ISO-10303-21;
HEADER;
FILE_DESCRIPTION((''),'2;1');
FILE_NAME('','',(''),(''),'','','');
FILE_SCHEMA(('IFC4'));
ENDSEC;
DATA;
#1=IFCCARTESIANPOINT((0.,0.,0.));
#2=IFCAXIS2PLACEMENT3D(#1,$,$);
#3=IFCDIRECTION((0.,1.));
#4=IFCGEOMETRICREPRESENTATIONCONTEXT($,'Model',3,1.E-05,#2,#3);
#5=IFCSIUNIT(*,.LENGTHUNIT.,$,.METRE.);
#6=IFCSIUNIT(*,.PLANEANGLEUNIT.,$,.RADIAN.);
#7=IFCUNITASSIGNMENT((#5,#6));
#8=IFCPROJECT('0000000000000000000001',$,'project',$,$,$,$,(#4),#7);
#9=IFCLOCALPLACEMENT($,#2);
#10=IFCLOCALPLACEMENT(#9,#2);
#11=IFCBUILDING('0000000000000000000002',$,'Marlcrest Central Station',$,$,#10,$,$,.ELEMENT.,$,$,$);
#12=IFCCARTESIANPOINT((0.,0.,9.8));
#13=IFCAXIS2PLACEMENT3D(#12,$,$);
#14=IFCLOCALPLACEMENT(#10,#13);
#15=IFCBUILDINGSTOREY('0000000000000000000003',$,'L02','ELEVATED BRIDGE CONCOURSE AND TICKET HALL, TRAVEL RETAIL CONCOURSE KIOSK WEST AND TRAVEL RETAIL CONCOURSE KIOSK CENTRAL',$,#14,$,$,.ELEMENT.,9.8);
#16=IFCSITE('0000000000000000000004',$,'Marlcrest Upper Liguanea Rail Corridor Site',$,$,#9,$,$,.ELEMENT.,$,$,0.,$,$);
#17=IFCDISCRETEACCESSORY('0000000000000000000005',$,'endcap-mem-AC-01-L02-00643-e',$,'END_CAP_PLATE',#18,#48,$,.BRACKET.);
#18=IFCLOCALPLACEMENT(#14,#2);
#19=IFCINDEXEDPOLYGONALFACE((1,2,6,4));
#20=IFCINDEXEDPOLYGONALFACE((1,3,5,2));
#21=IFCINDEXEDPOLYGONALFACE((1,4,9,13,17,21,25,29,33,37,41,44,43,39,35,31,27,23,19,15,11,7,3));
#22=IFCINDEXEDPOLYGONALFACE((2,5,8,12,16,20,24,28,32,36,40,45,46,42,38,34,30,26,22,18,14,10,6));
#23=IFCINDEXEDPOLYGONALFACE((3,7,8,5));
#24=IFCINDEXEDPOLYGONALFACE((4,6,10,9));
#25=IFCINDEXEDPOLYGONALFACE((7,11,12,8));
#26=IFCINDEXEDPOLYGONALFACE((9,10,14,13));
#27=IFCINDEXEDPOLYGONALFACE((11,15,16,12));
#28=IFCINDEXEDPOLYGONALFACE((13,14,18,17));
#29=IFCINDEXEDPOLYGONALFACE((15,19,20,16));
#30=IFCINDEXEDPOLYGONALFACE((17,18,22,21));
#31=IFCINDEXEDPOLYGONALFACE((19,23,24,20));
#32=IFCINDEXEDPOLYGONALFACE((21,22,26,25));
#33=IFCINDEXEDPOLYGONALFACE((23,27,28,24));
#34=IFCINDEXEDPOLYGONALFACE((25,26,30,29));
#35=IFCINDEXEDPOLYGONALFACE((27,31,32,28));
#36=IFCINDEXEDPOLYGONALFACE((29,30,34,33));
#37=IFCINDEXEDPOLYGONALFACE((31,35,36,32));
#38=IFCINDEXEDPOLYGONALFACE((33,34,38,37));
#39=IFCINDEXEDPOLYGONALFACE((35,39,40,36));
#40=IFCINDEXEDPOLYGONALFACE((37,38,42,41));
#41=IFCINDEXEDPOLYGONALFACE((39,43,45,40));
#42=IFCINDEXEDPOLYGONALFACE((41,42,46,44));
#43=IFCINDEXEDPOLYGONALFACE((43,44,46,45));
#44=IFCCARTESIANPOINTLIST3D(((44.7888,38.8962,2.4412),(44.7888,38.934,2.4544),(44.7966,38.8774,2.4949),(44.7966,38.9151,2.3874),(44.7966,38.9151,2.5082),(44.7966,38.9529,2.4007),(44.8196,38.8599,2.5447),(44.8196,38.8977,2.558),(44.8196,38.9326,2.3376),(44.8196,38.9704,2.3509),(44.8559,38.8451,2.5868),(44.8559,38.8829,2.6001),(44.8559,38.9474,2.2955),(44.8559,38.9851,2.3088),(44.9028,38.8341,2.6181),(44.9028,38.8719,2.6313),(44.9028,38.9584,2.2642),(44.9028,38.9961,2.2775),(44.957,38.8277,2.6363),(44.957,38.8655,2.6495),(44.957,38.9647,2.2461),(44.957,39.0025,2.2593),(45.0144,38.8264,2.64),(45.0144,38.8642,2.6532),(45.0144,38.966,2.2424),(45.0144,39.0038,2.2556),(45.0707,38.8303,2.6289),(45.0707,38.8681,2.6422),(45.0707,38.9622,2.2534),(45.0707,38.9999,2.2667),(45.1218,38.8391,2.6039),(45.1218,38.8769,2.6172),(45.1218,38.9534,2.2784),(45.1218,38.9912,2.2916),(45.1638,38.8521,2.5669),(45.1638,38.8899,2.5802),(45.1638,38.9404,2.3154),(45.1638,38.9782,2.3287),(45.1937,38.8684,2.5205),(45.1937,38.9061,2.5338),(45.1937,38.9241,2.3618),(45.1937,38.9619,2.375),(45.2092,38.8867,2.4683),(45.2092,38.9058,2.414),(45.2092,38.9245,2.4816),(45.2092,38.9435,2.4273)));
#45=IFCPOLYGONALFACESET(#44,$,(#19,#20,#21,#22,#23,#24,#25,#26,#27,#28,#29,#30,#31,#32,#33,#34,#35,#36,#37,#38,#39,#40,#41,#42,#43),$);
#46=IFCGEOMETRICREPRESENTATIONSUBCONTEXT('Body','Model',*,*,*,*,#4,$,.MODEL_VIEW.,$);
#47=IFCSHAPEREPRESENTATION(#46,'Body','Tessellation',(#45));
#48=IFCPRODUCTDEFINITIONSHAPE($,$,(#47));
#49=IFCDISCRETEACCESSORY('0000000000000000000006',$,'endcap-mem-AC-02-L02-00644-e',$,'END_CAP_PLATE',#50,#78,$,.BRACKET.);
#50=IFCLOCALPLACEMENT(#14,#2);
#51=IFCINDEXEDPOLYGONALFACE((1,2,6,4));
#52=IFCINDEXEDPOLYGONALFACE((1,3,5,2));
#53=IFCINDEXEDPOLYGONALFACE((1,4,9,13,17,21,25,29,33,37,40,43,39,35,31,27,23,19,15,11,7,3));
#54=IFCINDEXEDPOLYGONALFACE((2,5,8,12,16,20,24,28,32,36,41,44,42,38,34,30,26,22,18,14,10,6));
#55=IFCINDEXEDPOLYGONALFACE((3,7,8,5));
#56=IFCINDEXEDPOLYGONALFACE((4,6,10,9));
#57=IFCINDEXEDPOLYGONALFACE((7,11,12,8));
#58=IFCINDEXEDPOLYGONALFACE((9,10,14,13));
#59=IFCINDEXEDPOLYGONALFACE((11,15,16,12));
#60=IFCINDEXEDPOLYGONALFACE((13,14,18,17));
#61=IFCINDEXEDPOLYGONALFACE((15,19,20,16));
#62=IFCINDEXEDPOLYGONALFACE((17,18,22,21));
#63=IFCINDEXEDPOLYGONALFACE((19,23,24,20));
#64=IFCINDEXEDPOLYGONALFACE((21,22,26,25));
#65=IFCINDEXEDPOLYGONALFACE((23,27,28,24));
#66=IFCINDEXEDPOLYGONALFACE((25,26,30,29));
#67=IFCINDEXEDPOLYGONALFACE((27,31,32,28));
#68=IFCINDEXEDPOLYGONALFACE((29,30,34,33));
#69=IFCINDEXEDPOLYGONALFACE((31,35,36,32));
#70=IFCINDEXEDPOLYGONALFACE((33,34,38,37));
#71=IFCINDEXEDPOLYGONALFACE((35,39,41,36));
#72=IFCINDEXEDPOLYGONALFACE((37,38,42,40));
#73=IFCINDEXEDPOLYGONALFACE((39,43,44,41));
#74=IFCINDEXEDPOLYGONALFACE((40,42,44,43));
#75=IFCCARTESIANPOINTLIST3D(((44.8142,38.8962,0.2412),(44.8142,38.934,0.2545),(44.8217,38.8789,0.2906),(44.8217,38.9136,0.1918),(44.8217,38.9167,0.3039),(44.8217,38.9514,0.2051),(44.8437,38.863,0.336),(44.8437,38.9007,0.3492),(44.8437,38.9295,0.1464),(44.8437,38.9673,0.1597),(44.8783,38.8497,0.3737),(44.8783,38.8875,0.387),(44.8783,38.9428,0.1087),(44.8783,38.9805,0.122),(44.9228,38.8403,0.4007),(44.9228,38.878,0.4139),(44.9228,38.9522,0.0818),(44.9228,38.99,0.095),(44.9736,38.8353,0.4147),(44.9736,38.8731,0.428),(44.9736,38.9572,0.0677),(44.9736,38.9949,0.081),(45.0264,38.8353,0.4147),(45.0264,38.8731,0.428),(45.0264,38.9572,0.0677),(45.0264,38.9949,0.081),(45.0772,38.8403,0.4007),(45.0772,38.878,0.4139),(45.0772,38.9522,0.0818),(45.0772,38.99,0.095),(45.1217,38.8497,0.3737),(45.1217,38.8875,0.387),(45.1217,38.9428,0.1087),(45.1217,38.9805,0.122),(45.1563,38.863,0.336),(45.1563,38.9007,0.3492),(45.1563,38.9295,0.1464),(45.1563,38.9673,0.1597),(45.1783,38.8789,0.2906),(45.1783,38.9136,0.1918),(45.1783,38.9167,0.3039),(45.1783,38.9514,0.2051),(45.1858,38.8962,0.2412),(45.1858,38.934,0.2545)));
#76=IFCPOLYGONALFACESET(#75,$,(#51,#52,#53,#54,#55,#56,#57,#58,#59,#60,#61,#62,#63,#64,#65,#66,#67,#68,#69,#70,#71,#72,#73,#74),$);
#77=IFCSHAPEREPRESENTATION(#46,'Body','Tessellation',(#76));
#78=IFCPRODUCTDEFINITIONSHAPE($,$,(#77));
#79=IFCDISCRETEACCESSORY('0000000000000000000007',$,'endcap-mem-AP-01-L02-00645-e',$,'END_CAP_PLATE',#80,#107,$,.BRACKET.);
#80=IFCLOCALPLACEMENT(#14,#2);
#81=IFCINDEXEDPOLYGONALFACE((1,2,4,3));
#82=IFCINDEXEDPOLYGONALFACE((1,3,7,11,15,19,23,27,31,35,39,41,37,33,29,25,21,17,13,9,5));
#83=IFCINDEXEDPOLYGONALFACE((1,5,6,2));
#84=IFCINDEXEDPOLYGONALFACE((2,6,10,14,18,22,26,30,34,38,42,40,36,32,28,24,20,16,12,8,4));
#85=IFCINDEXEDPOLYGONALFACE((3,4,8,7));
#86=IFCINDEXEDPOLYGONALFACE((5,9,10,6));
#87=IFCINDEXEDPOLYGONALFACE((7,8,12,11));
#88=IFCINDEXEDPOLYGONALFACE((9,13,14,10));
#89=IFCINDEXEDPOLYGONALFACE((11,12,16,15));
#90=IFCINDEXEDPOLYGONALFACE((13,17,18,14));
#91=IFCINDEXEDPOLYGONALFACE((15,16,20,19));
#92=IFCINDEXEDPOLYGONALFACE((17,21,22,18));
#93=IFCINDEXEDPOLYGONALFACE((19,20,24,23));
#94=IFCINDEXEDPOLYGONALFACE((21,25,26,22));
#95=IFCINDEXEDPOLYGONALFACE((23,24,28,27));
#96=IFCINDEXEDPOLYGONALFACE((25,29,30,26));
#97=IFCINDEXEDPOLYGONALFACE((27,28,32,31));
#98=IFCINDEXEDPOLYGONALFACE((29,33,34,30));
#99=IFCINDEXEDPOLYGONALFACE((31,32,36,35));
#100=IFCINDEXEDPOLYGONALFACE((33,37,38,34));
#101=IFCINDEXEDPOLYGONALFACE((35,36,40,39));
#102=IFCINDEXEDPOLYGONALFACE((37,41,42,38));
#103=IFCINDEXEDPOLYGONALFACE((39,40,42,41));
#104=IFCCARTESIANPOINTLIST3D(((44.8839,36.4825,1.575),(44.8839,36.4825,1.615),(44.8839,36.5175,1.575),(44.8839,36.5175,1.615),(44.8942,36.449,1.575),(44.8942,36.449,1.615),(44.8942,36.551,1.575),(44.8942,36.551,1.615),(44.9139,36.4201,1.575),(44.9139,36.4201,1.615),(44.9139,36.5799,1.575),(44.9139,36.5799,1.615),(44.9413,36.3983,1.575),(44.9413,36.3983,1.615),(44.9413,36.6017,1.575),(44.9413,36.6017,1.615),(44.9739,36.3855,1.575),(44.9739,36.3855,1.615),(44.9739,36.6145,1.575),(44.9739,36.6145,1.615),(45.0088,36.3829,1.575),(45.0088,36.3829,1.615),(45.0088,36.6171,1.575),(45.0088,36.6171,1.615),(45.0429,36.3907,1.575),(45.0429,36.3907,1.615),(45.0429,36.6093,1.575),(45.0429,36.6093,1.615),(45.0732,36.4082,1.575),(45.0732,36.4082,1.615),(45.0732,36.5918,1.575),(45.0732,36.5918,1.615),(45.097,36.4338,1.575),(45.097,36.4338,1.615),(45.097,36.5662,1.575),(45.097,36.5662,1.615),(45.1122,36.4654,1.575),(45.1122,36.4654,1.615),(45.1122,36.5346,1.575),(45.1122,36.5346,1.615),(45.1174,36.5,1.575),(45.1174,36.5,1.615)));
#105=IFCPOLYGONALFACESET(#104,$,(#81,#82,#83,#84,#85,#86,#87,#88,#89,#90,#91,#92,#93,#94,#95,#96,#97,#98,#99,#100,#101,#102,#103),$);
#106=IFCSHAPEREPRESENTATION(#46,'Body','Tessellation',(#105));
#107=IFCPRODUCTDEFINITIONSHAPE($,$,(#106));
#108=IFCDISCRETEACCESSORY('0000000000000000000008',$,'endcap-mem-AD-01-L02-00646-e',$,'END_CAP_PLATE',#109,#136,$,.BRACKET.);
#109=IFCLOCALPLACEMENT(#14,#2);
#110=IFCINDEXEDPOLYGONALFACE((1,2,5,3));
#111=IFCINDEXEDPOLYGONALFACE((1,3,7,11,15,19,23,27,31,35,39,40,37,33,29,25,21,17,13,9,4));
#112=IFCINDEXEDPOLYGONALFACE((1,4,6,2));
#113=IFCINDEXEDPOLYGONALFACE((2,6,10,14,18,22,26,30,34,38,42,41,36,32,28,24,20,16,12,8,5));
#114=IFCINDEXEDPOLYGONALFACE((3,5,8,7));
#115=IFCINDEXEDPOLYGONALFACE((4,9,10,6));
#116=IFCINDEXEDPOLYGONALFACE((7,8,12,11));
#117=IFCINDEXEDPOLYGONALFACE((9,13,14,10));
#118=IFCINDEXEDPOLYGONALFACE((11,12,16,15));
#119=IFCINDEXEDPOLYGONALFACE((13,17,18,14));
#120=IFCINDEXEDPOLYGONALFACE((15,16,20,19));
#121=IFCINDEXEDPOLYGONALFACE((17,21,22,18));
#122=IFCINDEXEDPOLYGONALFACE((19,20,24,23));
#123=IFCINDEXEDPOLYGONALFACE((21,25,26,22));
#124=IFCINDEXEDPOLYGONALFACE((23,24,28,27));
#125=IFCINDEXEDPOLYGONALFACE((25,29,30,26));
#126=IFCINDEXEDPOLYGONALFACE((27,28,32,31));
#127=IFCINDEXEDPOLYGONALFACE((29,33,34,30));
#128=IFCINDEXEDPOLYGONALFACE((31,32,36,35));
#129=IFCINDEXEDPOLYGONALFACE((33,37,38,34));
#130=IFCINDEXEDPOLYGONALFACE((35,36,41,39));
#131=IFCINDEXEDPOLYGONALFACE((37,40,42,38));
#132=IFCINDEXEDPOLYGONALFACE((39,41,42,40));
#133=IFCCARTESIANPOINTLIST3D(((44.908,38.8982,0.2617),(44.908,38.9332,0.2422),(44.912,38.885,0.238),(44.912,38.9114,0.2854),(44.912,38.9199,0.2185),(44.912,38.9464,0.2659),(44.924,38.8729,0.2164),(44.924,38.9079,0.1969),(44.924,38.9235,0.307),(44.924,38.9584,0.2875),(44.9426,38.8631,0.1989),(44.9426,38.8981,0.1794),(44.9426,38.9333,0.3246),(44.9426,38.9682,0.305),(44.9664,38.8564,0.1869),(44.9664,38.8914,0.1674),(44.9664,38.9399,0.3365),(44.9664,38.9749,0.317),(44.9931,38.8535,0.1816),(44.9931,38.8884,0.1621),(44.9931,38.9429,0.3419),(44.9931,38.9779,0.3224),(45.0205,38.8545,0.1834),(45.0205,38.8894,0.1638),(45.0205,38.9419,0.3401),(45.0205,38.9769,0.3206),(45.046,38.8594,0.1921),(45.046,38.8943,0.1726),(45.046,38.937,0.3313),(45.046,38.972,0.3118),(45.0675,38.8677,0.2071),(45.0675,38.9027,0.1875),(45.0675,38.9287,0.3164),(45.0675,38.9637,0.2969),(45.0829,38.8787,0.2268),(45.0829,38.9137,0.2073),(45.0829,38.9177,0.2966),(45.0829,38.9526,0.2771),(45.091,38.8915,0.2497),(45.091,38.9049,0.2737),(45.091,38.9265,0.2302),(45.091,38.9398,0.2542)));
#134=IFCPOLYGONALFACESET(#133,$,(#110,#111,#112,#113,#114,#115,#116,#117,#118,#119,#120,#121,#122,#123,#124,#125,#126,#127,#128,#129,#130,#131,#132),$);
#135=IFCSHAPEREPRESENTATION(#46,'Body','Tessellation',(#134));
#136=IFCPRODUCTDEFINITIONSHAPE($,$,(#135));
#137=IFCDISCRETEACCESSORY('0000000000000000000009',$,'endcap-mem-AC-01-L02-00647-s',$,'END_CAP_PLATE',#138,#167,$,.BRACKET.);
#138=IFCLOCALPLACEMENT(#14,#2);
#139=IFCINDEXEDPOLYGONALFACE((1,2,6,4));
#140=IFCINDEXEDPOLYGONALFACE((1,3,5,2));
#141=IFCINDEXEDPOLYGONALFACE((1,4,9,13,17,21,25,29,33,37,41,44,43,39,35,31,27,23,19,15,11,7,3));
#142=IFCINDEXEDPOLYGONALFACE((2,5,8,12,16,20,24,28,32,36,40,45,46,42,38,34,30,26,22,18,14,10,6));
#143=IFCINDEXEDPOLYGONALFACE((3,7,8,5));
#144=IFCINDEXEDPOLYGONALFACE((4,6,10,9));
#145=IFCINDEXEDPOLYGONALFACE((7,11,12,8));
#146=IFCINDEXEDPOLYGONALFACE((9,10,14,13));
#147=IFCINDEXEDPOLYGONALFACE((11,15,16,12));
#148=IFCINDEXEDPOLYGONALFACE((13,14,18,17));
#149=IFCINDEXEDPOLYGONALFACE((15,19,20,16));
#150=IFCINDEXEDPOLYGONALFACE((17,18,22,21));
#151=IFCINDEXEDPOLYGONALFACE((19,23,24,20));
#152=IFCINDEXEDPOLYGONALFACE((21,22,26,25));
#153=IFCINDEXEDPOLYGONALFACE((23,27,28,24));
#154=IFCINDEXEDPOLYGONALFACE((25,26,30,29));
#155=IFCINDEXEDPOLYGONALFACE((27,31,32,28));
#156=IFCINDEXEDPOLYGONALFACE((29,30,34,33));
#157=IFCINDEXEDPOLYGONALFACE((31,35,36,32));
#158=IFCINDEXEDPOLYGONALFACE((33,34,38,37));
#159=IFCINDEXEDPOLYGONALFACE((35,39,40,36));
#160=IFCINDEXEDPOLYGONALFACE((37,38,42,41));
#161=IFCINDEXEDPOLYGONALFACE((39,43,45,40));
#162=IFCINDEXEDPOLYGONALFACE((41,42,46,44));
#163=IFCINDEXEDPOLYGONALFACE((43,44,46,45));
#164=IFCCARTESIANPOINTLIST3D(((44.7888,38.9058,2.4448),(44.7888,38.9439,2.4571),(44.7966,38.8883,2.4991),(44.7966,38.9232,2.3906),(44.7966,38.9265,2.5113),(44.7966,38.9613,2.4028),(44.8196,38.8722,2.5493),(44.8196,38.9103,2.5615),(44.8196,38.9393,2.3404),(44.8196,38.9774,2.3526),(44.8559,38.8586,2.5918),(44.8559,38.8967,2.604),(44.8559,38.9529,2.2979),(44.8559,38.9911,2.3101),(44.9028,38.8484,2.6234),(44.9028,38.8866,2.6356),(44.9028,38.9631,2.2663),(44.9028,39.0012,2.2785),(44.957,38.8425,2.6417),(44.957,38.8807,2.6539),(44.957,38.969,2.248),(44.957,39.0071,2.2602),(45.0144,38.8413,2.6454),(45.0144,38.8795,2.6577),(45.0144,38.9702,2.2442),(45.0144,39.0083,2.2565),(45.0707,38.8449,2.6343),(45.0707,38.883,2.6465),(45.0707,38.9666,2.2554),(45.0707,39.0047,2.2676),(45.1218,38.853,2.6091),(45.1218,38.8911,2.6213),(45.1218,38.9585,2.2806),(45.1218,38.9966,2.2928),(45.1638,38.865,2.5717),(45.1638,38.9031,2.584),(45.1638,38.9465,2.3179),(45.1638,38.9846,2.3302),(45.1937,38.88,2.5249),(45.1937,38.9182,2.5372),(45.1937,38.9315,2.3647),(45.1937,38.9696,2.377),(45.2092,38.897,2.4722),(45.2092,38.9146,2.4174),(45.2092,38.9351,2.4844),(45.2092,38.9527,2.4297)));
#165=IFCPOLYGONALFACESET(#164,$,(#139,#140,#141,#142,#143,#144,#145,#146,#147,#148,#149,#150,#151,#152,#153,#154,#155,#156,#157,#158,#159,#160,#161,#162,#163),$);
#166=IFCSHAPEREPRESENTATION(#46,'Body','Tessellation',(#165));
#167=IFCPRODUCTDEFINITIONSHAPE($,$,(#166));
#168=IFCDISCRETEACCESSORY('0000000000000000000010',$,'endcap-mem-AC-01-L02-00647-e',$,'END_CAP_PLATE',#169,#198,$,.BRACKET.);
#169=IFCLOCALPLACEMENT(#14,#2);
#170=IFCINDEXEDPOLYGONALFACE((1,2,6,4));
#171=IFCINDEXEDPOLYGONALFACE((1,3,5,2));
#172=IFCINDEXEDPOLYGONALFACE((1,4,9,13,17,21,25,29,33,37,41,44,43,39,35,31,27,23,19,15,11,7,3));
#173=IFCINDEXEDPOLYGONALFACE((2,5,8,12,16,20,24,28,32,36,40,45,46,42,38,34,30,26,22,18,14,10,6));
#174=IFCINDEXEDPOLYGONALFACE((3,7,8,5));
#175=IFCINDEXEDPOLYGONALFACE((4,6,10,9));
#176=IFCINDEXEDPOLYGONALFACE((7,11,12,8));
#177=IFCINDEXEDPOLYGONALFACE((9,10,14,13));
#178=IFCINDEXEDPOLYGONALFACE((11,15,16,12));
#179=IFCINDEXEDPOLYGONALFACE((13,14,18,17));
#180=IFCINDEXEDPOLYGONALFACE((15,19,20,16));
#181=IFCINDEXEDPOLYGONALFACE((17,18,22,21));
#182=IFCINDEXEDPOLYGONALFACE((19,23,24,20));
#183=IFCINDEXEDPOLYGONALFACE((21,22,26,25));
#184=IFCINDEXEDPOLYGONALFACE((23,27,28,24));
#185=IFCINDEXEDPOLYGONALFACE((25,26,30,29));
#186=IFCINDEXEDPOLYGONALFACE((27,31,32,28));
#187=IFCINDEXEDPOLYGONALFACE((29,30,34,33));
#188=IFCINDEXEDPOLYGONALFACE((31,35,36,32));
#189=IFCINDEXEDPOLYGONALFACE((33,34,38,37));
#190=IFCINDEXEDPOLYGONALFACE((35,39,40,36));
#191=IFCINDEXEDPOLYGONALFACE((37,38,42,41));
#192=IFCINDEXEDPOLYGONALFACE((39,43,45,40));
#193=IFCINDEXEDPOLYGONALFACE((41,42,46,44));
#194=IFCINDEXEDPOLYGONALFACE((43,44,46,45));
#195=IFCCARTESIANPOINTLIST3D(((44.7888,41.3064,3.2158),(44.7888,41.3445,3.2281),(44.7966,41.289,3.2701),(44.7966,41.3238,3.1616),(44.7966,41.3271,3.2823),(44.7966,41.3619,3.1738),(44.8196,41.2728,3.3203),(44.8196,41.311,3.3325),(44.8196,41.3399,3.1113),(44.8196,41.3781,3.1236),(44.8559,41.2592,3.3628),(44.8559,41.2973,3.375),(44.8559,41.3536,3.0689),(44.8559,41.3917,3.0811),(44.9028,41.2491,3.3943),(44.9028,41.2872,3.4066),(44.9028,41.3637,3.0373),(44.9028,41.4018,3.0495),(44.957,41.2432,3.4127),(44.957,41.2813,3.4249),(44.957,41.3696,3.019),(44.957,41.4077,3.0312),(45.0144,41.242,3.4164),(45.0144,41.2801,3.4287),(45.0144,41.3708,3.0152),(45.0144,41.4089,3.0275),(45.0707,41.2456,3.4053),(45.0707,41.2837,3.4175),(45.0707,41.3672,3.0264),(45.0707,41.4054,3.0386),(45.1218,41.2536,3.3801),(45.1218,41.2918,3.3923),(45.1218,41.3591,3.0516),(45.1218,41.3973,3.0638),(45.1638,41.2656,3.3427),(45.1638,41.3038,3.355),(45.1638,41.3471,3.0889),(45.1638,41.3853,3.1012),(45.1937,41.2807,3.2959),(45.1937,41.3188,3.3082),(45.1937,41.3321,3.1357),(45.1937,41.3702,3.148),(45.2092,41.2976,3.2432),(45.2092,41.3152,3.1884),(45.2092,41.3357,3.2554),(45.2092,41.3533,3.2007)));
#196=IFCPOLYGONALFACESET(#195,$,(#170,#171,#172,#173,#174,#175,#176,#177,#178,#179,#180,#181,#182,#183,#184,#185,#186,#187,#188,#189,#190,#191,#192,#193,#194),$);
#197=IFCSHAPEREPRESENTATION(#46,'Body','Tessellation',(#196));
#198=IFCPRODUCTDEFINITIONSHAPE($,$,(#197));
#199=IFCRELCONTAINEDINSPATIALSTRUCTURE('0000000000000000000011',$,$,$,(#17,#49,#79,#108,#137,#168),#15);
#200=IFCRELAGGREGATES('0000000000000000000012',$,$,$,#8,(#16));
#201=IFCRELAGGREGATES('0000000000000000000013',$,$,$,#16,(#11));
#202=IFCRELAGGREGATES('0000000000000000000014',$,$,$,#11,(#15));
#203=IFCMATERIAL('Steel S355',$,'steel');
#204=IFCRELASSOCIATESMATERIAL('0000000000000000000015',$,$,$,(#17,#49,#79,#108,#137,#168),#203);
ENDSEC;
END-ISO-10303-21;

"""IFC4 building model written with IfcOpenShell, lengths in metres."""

from ifc_helpers import new_model, si_unit, direction, frame, origin, origin_2d, place, context, subcontext, project, spatial, circle, extrude, material, element, save


model = new_model("IFC4")

# Units and contexts
model_context = context("Model", 3, precision=1e-05, world=origin(), true_north=direction((0.0, 1.0)))
body_context = subcontext(model_context, "Body", "Model", "MODEL_VIEW")
ifc_project = project(units=[si_unit("LENGTHUNIT", "METRE"), si_unit("PLANEANGLEUNIT", "RADIAN")], contexts=[model_context])

# Site, building, storey
site_placement = place(None, origin())
site = spatial("IfcSite", under=ifc_project, at=site_placement, Name="Marlcrest Upper Liguanea Rail Corridor Site", CompositionType="ELEMENT", RefElevation=0.0)
building_placement = place(site_placement, origin())
building = spatial("IfcBuilding", under=site, at=building_placement, Name="Marlcrest Central Station", CompositionType="ELEMENT")
storey_placement = place(building_placement, frame((0.0, 0.0, 9.8)))
storey = spatial("IfcBuildingStorey", under=building, at=storey_placement, Name="L02", Description="ELEVATED BRIDGE CONCOURSE AND TICKET HALL, TRAVEL RETAIL CONCOURSE KIOSK WEST AND TRAVEL RETAIL CONCOURSE KIOSK CENTRAL", CompositionType="ELEMENT", Elevation=9.8)

# Shared definitions
ifc_material_1 = material(Name="Steel S355", Category="steel")

# Discrete accessories
discrete_accessory_1_placement = place(storey_placement, frame((45.0, 38.8962, 2.4412), z_axis=(0.0, 0.943537, 0.331266), x_axis=(-1.0, 0.0, 0.0)))
element("IfcDiscreteAccessory", 1, at=discrete_accessory_1_placement, inside=storey, material=ifc_material_1, Name="endcap-mem-AC-01-L02-00643-e", ObjectType="END_CAP_PLATE", PredefinedType="BRACKET", context=body_context, shape_type="SweptSolid", body=[
    extrude(circle(Radius=0.2112, at=origin_2d()), origin(), (0.0, 0.0, 1.0), 0.04),
])
discrete_accessory_2_placement = place(storey_placement, frame((45.0, 38.8962, 0.2412), z_axis=(0.0, 0.943537, 0.331266), x_axis=(-1.0, 0.0, 0.0)))
element("IfcDiscreteAccessory", 2, at=discrete_accessory_2_placement, inside=storey, material=ifc_material_1, Name="endcap-mem-AC-02-L02-00644-e", ObjectType="END_CAP_PLATE", PredefinedType="BRACKET", context=body_context, shape_type="SweptSolid", body=[
    extrude(circle(Radius=0.1858, at=origin_2d()), origin(), (0.0, 0.0, 1.0), 0.04),
])
discrete_accessory_3_placement = place(storey_placement, frame((45.0, 36.5, 1.575), z_axis=(0.0, 0.0, 1.0), x_axis=(1.0, 0.0, 0.0)))
element("IfcDiscreteAccessory", 3, at=discrete_accessory_3_placement, inside=storey, material=ifc_material_1, Name="endcap-mem-AP-01-L02-00645-e", ObjectType="END_CAP_PLATE", PredefinedType="BRACKET", context=body_context, shape_type="SweptSolid", body=[
    extrude(circle(Radius=0.1174, at=origin_2d()), origin(), (0.0, 0.0, 1.0), 0.04),
])
discrete_accessory_4_placement = place(storey_placement, frame((45.0, 38.8982, 0.2617), z_axis=(0.0, 0.873246, -0.48728), x_axis=(-1.0, 0.0, 0.0)))
element("IfcDiscreteAccessory", 4, at=discrete_accessory_4_placement, inside=storey, material=ifc_material_1, Name="endcap-mem-AD-01-L02-00646-e", ObjectType="END_CAP_PLATE", PredefinedType="BRACKET", context=body_context, shape_type="SweptSolid", body=[
    extrude(circle(Radius=0.092, at=origin_2d()), origin(), (0.0, 0.0, 1.0), 0.04),
])
for number, where, z_axis, x_axis, name in (
    (5, (45.0, 38.9058, 2.4448), (0.0, 0.952117, 0.305734), (-1.0, 0.0, 0.0), "endcap-mem-AC-01-L02-00647-s"),
    (6, (45.0, 41.3064, 3.2158), (0.0, 0.952117, 0.305734), (-1.0, 0.0, 0.0), "endcap-mem-AC-01-L02-00647-e"),
):
    element("IfcDiscreteAccessory", number, at=place(storey_placement, frame(where, z_axis=z_axis, x_axis=x_axis)), inside=storey, material=ifc_material_1, Name=name, ObjectType="END_CAP_PLATE", PredefinedType="BRACKET", context=body_context, shape_type="SweptSolid", body=[
        extrude(circle(Radius=0.2112, at=origin_2d()), origin(), (0.0, 0.0, 1.0), 0.04),
    ])

save(model, "model.ifc")
